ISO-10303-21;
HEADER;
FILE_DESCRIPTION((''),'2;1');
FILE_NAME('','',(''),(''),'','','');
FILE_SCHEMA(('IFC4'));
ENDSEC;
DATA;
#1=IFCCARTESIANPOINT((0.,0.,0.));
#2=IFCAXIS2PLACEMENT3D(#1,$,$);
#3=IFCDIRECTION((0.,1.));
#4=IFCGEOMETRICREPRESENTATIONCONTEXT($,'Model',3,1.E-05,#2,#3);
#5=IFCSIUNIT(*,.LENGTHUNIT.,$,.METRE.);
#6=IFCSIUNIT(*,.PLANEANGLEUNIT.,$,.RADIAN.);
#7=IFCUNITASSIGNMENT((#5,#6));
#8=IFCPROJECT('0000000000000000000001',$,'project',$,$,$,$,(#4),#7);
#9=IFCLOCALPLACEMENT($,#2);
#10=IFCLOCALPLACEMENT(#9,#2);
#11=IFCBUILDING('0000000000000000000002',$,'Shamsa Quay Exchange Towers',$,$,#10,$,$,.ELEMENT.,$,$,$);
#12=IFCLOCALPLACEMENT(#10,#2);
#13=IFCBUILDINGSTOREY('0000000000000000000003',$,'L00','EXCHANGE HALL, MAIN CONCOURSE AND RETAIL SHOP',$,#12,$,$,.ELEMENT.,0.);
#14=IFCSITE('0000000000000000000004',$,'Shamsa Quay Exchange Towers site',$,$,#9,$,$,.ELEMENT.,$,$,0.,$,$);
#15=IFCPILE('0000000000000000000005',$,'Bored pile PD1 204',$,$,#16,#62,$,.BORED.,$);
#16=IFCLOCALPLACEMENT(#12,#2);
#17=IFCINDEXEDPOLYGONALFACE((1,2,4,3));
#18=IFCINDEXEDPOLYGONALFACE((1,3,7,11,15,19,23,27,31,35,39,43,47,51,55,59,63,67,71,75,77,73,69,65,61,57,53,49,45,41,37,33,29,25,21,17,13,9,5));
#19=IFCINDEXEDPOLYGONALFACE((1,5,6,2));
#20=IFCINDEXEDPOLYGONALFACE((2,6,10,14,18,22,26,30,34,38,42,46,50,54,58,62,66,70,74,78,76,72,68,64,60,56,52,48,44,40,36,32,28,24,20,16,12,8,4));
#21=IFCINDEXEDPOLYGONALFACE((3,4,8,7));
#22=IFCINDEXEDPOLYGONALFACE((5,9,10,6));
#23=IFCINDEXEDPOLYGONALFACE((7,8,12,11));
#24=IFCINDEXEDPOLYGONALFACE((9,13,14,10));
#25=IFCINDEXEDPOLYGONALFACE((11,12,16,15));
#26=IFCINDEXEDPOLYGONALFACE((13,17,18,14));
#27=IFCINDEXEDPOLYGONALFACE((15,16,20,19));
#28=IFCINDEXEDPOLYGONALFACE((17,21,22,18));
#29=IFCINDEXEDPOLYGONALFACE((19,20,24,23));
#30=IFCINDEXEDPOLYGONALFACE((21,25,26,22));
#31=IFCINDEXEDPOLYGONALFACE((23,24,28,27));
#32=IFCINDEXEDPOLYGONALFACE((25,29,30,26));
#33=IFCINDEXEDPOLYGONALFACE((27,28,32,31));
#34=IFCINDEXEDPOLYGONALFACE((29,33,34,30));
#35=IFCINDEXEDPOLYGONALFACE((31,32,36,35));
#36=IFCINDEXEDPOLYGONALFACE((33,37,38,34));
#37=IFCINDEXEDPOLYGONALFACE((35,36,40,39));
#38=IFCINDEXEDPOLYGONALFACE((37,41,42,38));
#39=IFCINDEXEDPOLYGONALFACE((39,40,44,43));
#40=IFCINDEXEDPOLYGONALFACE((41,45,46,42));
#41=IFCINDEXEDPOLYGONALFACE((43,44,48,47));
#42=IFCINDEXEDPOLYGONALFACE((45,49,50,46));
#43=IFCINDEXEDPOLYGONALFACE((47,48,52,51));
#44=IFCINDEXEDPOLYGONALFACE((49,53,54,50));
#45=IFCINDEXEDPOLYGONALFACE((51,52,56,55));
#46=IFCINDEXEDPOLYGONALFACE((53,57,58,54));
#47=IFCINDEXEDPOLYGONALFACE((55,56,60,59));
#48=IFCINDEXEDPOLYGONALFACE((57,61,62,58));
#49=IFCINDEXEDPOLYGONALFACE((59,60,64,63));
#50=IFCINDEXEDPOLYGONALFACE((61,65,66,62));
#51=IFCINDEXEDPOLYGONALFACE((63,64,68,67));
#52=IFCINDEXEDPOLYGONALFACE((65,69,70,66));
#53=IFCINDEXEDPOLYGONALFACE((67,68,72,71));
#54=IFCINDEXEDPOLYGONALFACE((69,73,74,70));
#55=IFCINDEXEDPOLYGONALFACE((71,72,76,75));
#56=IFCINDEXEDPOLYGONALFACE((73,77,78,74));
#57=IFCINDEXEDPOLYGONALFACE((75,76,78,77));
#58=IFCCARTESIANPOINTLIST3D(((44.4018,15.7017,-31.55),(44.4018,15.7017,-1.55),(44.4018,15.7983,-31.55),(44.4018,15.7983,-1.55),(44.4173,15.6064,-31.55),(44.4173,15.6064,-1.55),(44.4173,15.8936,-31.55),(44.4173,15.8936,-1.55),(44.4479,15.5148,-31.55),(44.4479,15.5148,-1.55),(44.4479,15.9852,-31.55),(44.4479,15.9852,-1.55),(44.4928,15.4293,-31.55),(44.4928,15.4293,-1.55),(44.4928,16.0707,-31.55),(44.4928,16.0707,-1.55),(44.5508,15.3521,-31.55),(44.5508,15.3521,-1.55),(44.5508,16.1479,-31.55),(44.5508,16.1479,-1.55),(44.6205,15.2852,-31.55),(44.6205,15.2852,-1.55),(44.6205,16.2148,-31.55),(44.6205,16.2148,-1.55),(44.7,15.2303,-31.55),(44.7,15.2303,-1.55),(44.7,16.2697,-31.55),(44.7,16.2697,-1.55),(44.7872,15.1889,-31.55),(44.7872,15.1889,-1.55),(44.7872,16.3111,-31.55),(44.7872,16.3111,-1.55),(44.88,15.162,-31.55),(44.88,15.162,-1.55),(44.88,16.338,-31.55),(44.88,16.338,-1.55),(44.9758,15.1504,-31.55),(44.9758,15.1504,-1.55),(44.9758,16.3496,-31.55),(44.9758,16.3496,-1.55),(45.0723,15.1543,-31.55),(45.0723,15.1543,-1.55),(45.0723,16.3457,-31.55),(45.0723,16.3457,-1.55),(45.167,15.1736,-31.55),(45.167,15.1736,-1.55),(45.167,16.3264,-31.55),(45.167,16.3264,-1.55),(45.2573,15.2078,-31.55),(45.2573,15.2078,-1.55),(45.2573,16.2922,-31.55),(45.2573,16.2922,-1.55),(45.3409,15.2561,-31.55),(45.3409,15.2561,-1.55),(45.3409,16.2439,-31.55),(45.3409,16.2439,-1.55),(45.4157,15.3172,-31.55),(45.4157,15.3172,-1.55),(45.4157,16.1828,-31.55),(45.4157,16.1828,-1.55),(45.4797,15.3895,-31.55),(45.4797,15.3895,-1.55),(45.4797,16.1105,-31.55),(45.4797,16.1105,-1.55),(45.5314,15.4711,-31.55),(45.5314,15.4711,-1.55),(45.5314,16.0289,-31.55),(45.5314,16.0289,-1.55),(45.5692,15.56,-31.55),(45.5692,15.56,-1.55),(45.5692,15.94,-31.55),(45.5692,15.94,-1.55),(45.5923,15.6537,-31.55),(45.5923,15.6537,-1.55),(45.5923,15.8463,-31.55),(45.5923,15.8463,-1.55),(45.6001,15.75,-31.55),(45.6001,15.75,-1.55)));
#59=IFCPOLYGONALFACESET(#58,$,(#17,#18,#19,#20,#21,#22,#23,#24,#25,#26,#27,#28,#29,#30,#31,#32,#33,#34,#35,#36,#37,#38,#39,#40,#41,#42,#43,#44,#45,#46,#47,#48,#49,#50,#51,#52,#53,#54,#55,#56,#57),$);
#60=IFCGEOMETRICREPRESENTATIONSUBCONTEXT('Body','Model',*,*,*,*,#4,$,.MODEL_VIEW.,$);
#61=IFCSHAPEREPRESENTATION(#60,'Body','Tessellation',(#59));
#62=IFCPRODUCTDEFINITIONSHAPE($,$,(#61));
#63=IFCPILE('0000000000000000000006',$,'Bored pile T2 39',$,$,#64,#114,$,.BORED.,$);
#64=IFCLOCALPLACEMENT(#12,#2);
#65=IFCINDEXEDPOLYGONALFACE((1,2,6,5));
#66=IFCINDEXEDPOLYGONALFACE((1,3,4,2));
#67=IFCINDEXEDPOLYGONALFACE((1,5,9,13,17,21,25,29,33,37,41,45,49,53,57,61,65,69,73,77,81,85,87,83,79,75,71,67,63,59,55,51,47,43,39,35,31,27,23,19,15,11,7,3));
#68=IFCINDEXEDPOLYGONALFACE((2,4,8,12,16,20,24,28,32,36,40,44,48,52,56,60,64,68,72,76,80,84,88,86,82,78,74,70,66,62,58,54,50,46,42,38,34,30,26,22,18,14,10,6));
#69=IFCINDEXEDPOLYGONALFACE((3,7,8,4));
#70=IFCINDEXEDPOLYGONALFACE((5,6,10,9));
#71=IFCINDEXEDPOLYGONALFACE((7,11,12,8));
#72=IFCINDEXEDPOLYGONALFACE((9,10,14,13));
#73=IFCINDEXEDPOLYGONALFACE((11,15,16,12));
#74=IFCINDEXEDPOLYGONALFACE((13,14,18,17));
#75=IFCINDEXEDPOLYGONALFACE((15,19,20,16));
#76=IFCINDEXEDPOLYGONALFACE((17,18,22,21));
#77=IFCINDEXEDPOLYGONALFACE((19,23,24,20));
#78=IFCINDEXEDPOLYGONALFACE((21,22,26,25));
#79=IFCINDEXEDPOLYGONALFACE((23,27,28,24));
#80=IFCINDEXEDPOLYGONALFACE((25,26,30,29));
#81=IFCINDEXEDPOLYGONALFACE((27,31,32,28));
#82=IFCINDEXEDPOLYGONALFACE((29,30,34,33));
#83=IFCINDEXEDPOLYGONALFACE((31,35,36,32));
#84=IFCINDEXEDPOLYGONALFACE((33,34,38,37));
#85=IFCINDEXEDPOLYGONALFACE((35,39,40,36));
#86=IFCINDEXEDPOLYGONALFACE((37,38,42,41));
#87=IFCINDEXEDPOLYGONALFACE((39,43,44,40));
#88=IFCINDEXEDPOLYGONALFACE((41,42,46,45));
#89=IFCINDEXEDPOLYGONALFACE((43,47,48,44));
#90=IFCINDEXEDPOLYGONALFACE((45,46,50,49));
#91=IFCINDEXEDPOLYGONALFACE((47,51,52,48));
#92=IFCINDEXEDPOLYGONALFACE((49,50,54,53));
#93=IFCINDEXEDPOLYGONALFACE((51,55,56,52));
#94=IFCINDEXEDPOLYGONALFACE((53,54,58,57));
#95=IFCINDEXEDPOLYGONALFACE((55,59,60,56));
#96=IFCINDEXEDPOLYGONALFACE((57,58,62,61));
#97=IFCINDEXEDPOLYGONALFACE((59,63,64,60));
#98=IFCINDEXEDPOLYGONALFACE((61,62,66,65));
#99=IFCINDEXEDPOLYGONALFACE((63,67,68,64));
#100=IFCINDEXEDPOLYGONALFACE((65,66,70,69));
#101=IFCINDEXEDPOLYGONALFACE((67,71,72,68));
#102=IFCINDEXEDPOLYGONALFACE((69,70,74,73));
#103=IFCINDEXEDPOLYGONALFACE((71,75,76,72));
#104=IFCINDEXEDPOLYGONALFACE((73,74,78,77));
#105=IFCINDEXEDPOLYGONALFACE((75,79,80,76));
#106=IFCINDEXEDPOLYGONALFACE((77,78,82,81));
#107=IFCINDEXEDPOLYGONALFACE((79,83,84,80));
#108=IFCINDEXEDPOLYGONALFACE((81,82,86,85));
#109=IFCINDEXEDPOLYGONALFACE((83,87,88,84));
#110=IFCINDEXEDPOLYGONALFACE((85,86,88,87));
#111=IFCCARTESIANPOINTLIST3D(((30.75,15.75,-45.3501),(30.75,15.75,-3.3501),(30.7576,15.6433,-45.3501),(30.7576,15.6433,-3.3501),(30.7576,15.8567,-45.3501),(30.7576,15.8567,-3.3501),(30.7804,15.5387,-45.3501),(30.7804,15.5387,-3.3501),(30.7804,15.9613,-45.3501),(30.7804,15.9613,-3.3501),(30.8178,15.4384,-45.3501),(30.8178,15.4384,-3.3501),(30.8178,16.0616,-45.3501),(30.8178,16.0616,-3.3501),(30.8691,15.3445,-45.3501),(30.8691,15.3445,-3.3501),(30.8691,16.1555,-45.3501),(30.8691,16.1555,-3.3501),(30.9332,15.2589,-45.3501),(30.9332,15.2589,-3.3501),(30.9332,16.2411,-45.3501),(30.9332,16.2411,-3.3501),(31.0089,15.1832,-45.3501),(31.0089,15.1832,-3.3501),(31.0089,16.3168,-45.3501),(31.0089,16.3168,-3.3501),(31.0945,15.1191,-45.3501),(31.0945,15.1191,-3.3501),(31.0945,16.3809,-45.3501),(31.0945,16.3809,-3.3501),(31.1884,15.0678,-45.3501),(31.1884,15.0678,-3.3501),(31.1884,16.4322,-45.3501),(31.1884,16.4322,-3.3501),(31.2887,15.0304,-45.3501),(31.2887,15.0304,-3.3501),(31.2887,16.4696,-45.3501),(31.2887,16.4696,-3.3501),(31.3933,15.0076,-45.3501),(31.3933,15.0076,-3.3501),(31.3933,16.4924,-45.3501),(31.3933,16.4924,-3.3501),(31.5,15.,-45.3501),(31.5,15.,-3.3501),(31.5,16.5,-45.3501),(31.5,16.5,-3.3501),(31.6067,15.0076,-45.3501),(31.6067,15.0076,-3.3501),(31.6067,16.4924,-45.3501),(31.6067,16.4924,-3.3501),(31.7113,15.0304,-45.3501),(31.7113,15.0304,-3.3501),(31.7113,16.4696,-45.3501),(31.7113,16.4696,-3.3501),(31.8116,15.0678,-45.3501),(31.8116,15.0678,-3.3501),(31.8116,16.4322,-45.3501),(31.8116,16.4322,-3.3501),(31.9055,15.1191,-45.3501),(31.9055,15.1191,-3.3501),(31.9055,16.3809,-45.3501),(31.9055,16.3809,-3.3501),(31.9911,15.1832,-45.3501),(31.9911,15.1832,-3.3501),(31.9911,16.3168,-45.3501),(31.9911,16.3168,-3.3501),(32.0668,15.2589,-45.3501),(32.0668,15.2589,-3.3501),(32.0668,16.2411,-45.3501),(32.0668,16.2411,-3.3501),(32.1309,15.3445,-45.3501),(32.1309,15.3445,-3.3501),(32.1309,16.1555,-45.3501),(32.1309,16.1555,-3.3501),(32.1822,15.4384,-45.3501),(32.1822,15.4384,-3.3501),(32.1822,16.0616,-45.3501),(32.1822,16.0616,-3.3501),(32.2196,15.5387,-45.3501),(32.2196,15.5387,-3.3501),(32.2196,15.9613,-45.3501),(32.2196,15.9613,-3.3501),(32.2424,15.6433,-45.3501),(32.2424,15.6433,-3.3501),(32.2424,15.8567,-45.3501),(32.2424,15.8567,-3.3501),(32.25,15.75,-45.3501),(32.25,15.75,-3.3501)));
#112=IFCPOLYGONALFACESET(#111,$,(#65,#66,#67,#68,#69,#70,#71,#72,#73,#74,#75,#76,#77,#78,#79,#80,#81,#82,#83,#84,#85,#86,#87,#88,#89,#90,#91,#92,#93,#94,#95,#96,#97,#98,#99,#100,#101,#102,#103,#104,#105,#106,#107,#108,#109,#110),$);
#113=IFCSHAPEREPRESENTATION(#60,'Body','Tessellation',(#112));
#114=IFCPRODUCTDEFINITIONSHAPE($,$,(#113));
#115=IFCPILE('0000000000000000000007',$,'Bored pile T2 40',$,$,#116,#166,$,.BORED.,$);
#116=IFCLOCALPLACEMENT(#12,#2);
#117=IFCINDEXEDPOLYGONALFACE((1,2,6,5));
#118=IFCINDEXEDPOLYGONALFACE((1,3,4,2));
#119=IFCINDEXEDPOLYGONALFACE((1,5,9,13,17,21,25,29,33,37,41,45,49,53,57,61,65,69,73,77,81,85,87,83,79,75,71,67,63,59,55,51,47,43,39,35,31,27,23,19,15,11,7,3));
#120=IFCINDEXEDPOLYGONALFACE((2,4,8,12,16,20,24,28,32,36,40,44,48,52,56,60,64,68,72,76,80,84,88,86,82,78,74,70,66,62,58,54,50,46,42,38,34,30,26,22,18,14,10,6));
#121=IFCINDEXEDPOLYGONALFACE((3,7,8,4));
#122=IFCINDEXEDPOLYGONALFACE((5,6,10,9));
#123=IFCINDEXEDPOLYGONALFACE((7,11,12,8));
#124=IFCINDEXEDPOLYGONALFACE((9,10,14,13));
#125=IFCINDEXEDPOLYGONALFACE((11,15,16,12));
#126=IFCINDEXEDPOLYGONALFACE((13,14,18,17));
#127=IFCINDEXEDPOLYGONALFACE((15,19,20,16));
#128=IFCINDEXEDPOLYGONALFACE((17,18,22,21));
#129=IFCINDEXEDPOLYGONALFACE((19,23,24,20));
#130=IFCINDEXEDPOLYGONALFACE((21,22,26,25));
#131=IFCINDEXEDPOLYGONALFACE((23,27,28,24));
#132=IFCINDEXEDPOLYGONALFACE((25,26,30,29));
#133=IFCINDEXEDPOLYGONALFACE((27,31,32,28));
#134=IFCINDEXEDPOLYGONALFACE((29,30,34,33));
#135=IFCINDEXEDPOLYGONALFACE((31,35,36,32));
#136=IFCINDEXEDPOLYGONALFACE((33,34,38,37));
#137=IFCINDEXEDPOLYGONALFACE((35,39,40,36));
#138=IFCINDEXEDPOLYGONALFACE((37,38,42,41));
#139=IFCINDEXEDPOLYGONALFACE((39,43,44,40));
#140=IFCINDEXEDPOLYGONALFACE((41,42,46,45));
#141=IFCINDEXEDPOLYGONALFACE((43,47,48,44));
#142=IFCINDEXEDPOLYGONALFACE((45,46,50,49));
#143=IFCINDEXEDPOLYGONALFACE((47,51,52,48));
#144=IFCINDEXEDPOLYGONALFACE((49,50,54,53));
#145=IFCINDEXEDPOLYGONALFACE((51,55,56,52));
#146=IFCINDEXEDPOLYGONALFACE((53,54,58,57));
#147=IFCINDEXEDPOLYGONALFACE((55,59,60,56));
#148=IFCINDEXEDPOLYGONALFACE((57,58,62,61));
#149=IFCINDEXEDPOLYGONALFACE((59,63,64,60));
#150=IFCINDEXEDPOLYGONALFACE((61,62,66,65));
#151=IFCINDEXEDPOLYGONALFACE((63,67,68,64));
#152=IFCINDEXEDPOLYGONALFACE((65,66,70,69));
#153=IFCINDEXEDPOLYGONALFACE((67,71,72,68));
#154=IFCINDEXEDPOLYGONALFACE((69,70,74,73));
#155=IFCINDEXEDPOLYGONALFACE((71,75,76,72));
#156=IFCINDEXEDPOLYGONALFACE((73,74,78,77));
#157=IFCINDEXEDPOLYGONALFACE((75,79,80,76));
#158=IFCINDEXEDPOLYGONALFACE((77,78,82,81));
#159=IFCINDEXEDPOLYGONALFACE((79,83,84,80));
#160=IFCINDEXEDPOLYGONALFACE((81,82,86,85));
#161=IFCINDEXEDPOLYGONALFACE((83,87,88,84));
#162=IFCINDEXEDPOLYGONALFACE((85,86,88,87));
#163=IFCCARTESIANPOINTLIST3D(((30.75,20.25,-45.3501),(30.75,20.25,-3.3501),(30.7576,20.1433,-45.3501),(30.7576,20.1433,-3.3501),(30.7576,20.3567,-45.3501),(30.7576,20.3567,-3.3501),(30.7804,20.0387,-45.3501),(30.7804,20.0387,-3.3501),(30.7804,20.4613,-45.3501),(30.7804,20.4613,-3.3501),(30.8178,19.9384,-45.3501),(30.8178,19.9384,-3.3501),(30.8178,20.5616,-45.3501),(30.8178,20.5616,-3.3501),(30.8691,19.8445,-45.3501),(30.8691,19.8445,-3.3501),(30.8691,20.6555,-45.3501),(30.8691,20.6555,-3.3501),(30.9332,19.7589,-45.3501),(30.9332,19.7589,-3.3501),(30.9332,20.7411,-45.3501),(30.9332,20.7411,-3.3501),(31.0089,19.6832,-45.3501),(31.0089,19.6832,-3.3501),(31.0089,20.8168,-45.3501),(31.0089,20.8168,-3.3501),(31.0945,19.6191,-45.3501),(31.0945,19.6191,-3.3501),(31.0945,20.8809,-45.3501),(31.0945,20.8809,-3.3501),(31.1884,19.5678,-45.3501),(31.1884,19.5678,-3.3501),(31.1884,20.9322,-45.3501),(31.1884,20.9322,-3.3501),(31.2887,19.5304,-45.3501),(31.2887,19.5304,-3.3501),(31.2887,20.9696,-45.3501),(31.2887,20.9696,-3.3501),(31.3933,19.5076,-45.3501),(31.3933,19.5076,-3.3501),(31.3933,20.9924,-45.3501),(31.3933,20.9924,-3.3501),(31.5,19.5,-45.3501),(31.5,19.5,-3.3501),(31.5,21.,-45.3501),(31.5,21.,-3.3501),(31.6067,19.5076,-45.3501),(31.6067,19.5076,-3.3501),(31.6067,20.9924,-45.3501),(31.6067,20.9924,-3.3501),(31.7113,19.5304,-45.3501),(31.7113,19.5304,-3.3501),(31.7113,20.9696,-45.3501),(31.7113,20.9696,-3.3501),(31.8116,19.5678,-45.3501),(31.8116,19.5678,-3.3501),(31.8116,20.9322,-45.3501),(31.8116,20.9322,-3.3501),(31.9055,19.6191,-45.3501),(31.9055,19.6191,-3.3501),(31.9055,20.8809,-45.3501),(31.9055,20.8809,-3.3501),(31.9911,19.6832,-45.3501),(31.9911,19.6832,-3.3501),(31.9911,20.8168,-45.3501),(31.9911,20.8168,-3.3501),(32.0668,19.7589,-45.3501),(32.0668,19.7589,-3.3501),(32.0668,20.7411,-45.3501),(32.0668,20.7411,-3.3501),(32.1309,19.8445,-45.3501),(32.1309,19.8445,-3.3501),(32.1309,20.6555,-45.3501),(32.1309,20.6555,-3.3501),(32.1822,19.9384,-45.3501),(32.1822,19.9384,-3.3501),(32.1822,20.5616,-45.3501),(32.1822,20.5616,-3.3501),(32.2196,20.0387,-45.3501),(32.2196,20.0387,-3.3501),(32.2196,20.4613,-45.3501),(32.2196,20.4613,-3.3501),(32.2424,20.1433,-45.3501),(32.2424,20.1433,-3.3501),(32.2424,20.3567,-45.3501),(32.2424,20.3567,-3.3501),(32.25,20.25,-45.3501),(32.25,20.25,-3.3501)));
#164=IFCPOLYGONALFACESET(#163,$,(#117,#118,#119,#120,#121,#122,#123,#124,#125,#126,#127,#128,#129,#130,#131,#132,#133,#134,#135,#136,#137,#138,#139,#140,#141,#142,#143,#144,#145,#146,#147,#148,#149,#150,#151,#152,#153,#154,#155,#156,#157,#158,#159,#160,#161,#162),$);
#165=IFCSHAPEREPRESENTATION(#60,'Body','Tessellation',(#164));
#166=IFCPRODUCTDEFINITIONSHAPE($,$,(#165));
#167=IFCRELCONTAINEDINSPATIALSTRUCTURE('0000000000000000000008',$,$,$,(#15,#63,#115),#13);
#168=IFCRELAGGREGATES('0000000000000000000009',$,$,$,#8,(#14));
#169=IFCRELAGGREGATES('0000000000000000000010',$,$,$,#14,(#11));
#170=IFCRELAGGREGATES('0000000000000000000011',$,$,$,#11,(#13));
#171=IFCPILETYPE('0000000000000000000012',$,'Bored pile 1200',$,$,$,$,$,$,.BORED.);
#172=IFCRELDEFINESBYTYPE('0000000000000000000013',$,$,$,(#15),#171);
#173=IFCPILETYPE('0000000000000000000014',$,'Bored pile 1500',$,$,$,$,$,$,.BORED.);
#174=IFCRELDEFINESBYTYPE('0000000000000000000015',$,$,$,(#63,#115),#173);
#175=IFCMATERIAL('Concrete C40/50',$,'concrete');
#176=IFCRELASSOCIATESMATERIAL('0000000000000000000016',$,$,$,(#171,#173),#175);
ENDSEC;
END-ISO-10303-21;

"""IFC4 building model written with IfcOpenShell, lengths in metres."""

from ifc_helpers import new_model, si_unit, direction, frame, origin, origin_2d, place, context, subcontext, project, spatial, circle, extrude, material, material_profile, profile_set, type_object, element, save


model = new_model("IFC4")

# Units and contexts
model_context = context("Model", 3, precision=1e-05, world=origin(), true_north=direction((0.0, 1.0)))
body_context = subcontext(model_context, "Body", "Model", "MODEL_VIEW")
ifc_project = project(units=[si_unit("LENGTHUNIT", "METRE"), si_unit("PLANEANGLEUNIT", "RADIAN")], contexts=[model_context])

# Site, building, storey
site_placement = place(None, origin())
site = spatial("IfcSite", under=ifc_project, at=site_placement, Name="Shamsa Quay Exchange Towers site", CompositionType="ELEMENT", RefElevation=0.0)
building_placement = place(site_placement, origin())
building = spatial("IfcBuilding", under=site, at=building_placement, Name="Shamsa Quay Exchange Towers", CompositionType="ELEMENT")
storey_placement = place(building_placement, origin())
storey = spatial("IfcBuildingStorey", under=building, at=storey_placement, Name="L00", Description="EXCHANGE HALL, MAIN CONCOURSE AND RETAIL SHOP", CompositionType="ELEMENT", Elevation=0.0)

# Piles
ifc_material_1 = material(Name="Concrete C40/50", Category="concrete")
ifc_material_profile_1 = material_profile(ifc_material_1, circle(Radius=0.6001, at=origin_2d()), Name="BP1200")
ifc_profile_set_1 = profile_set([ifc_material_profile_1], Name="Concrete C40/50")
pile_type_1 = type_object("IfcPileType", Name="Bored pile 1200", PredefinedType="BORED", material=ifc_profile_set_1)
pile_placement = place(storey_placement, frame((45.0, 15.75, -1.55), z_axis=(0.0, 0.0, -1.0), x_axis=(1.0, 0.0, 0.0)))
element("IfcPile", 1, at=pile_placement, inside=storey, type_object=pile_type_1, Name="Bored pile PD1 204", PredefinedType="BORED", context=body_context, shape_type="SweptSolid", body=[
    extrude(circle(Radius=0.6001, at=origin_2d()), origin(), (0.0, 0.0, 1.0), 30.0),
])
ifc_material_profile_2 = material_profile(ifc_material_1, circle(Radius=0.75, at=origin_2d()), Name="BP1500")
ifc_profile_set_2 = profile_set([ifc_material_profile_2], Name="Concrete C40/50")
pile_type_2 = type_object("IfcPileType", Name="Bored pile 1500", PredefinedType="BORED", material=ifc_profile_set_2)
for number, where, z_axis, x_axis, name in (
    (2, (31.5, 15.75, -3.3501), (0.0, 0.0, -1.0), (1.0, 0.0, 0.0), "Bored pile T2 39"),
    (3, (31.5, 20.25, -3.3501), (0.0, 0.0, -1.0), (1.0, 0.0, 0.0), "Bored pile T2 40"),
):
    element("IfcPile", number, at=place(storey_placement, frame(where, z_axis=z_axis, x_axis=x_axis)), inside=storey, type_object=pile_type_2, Name=name, PredefinedType="BORED", context=body_context, shape_type="SweptSolid", body=[
        extrude(circle(Radius=0.75, at=origin_2d()), origin(), (0.0, 0.0, 1.0), 42.0),
    ])

save(model, "model.ifc")
